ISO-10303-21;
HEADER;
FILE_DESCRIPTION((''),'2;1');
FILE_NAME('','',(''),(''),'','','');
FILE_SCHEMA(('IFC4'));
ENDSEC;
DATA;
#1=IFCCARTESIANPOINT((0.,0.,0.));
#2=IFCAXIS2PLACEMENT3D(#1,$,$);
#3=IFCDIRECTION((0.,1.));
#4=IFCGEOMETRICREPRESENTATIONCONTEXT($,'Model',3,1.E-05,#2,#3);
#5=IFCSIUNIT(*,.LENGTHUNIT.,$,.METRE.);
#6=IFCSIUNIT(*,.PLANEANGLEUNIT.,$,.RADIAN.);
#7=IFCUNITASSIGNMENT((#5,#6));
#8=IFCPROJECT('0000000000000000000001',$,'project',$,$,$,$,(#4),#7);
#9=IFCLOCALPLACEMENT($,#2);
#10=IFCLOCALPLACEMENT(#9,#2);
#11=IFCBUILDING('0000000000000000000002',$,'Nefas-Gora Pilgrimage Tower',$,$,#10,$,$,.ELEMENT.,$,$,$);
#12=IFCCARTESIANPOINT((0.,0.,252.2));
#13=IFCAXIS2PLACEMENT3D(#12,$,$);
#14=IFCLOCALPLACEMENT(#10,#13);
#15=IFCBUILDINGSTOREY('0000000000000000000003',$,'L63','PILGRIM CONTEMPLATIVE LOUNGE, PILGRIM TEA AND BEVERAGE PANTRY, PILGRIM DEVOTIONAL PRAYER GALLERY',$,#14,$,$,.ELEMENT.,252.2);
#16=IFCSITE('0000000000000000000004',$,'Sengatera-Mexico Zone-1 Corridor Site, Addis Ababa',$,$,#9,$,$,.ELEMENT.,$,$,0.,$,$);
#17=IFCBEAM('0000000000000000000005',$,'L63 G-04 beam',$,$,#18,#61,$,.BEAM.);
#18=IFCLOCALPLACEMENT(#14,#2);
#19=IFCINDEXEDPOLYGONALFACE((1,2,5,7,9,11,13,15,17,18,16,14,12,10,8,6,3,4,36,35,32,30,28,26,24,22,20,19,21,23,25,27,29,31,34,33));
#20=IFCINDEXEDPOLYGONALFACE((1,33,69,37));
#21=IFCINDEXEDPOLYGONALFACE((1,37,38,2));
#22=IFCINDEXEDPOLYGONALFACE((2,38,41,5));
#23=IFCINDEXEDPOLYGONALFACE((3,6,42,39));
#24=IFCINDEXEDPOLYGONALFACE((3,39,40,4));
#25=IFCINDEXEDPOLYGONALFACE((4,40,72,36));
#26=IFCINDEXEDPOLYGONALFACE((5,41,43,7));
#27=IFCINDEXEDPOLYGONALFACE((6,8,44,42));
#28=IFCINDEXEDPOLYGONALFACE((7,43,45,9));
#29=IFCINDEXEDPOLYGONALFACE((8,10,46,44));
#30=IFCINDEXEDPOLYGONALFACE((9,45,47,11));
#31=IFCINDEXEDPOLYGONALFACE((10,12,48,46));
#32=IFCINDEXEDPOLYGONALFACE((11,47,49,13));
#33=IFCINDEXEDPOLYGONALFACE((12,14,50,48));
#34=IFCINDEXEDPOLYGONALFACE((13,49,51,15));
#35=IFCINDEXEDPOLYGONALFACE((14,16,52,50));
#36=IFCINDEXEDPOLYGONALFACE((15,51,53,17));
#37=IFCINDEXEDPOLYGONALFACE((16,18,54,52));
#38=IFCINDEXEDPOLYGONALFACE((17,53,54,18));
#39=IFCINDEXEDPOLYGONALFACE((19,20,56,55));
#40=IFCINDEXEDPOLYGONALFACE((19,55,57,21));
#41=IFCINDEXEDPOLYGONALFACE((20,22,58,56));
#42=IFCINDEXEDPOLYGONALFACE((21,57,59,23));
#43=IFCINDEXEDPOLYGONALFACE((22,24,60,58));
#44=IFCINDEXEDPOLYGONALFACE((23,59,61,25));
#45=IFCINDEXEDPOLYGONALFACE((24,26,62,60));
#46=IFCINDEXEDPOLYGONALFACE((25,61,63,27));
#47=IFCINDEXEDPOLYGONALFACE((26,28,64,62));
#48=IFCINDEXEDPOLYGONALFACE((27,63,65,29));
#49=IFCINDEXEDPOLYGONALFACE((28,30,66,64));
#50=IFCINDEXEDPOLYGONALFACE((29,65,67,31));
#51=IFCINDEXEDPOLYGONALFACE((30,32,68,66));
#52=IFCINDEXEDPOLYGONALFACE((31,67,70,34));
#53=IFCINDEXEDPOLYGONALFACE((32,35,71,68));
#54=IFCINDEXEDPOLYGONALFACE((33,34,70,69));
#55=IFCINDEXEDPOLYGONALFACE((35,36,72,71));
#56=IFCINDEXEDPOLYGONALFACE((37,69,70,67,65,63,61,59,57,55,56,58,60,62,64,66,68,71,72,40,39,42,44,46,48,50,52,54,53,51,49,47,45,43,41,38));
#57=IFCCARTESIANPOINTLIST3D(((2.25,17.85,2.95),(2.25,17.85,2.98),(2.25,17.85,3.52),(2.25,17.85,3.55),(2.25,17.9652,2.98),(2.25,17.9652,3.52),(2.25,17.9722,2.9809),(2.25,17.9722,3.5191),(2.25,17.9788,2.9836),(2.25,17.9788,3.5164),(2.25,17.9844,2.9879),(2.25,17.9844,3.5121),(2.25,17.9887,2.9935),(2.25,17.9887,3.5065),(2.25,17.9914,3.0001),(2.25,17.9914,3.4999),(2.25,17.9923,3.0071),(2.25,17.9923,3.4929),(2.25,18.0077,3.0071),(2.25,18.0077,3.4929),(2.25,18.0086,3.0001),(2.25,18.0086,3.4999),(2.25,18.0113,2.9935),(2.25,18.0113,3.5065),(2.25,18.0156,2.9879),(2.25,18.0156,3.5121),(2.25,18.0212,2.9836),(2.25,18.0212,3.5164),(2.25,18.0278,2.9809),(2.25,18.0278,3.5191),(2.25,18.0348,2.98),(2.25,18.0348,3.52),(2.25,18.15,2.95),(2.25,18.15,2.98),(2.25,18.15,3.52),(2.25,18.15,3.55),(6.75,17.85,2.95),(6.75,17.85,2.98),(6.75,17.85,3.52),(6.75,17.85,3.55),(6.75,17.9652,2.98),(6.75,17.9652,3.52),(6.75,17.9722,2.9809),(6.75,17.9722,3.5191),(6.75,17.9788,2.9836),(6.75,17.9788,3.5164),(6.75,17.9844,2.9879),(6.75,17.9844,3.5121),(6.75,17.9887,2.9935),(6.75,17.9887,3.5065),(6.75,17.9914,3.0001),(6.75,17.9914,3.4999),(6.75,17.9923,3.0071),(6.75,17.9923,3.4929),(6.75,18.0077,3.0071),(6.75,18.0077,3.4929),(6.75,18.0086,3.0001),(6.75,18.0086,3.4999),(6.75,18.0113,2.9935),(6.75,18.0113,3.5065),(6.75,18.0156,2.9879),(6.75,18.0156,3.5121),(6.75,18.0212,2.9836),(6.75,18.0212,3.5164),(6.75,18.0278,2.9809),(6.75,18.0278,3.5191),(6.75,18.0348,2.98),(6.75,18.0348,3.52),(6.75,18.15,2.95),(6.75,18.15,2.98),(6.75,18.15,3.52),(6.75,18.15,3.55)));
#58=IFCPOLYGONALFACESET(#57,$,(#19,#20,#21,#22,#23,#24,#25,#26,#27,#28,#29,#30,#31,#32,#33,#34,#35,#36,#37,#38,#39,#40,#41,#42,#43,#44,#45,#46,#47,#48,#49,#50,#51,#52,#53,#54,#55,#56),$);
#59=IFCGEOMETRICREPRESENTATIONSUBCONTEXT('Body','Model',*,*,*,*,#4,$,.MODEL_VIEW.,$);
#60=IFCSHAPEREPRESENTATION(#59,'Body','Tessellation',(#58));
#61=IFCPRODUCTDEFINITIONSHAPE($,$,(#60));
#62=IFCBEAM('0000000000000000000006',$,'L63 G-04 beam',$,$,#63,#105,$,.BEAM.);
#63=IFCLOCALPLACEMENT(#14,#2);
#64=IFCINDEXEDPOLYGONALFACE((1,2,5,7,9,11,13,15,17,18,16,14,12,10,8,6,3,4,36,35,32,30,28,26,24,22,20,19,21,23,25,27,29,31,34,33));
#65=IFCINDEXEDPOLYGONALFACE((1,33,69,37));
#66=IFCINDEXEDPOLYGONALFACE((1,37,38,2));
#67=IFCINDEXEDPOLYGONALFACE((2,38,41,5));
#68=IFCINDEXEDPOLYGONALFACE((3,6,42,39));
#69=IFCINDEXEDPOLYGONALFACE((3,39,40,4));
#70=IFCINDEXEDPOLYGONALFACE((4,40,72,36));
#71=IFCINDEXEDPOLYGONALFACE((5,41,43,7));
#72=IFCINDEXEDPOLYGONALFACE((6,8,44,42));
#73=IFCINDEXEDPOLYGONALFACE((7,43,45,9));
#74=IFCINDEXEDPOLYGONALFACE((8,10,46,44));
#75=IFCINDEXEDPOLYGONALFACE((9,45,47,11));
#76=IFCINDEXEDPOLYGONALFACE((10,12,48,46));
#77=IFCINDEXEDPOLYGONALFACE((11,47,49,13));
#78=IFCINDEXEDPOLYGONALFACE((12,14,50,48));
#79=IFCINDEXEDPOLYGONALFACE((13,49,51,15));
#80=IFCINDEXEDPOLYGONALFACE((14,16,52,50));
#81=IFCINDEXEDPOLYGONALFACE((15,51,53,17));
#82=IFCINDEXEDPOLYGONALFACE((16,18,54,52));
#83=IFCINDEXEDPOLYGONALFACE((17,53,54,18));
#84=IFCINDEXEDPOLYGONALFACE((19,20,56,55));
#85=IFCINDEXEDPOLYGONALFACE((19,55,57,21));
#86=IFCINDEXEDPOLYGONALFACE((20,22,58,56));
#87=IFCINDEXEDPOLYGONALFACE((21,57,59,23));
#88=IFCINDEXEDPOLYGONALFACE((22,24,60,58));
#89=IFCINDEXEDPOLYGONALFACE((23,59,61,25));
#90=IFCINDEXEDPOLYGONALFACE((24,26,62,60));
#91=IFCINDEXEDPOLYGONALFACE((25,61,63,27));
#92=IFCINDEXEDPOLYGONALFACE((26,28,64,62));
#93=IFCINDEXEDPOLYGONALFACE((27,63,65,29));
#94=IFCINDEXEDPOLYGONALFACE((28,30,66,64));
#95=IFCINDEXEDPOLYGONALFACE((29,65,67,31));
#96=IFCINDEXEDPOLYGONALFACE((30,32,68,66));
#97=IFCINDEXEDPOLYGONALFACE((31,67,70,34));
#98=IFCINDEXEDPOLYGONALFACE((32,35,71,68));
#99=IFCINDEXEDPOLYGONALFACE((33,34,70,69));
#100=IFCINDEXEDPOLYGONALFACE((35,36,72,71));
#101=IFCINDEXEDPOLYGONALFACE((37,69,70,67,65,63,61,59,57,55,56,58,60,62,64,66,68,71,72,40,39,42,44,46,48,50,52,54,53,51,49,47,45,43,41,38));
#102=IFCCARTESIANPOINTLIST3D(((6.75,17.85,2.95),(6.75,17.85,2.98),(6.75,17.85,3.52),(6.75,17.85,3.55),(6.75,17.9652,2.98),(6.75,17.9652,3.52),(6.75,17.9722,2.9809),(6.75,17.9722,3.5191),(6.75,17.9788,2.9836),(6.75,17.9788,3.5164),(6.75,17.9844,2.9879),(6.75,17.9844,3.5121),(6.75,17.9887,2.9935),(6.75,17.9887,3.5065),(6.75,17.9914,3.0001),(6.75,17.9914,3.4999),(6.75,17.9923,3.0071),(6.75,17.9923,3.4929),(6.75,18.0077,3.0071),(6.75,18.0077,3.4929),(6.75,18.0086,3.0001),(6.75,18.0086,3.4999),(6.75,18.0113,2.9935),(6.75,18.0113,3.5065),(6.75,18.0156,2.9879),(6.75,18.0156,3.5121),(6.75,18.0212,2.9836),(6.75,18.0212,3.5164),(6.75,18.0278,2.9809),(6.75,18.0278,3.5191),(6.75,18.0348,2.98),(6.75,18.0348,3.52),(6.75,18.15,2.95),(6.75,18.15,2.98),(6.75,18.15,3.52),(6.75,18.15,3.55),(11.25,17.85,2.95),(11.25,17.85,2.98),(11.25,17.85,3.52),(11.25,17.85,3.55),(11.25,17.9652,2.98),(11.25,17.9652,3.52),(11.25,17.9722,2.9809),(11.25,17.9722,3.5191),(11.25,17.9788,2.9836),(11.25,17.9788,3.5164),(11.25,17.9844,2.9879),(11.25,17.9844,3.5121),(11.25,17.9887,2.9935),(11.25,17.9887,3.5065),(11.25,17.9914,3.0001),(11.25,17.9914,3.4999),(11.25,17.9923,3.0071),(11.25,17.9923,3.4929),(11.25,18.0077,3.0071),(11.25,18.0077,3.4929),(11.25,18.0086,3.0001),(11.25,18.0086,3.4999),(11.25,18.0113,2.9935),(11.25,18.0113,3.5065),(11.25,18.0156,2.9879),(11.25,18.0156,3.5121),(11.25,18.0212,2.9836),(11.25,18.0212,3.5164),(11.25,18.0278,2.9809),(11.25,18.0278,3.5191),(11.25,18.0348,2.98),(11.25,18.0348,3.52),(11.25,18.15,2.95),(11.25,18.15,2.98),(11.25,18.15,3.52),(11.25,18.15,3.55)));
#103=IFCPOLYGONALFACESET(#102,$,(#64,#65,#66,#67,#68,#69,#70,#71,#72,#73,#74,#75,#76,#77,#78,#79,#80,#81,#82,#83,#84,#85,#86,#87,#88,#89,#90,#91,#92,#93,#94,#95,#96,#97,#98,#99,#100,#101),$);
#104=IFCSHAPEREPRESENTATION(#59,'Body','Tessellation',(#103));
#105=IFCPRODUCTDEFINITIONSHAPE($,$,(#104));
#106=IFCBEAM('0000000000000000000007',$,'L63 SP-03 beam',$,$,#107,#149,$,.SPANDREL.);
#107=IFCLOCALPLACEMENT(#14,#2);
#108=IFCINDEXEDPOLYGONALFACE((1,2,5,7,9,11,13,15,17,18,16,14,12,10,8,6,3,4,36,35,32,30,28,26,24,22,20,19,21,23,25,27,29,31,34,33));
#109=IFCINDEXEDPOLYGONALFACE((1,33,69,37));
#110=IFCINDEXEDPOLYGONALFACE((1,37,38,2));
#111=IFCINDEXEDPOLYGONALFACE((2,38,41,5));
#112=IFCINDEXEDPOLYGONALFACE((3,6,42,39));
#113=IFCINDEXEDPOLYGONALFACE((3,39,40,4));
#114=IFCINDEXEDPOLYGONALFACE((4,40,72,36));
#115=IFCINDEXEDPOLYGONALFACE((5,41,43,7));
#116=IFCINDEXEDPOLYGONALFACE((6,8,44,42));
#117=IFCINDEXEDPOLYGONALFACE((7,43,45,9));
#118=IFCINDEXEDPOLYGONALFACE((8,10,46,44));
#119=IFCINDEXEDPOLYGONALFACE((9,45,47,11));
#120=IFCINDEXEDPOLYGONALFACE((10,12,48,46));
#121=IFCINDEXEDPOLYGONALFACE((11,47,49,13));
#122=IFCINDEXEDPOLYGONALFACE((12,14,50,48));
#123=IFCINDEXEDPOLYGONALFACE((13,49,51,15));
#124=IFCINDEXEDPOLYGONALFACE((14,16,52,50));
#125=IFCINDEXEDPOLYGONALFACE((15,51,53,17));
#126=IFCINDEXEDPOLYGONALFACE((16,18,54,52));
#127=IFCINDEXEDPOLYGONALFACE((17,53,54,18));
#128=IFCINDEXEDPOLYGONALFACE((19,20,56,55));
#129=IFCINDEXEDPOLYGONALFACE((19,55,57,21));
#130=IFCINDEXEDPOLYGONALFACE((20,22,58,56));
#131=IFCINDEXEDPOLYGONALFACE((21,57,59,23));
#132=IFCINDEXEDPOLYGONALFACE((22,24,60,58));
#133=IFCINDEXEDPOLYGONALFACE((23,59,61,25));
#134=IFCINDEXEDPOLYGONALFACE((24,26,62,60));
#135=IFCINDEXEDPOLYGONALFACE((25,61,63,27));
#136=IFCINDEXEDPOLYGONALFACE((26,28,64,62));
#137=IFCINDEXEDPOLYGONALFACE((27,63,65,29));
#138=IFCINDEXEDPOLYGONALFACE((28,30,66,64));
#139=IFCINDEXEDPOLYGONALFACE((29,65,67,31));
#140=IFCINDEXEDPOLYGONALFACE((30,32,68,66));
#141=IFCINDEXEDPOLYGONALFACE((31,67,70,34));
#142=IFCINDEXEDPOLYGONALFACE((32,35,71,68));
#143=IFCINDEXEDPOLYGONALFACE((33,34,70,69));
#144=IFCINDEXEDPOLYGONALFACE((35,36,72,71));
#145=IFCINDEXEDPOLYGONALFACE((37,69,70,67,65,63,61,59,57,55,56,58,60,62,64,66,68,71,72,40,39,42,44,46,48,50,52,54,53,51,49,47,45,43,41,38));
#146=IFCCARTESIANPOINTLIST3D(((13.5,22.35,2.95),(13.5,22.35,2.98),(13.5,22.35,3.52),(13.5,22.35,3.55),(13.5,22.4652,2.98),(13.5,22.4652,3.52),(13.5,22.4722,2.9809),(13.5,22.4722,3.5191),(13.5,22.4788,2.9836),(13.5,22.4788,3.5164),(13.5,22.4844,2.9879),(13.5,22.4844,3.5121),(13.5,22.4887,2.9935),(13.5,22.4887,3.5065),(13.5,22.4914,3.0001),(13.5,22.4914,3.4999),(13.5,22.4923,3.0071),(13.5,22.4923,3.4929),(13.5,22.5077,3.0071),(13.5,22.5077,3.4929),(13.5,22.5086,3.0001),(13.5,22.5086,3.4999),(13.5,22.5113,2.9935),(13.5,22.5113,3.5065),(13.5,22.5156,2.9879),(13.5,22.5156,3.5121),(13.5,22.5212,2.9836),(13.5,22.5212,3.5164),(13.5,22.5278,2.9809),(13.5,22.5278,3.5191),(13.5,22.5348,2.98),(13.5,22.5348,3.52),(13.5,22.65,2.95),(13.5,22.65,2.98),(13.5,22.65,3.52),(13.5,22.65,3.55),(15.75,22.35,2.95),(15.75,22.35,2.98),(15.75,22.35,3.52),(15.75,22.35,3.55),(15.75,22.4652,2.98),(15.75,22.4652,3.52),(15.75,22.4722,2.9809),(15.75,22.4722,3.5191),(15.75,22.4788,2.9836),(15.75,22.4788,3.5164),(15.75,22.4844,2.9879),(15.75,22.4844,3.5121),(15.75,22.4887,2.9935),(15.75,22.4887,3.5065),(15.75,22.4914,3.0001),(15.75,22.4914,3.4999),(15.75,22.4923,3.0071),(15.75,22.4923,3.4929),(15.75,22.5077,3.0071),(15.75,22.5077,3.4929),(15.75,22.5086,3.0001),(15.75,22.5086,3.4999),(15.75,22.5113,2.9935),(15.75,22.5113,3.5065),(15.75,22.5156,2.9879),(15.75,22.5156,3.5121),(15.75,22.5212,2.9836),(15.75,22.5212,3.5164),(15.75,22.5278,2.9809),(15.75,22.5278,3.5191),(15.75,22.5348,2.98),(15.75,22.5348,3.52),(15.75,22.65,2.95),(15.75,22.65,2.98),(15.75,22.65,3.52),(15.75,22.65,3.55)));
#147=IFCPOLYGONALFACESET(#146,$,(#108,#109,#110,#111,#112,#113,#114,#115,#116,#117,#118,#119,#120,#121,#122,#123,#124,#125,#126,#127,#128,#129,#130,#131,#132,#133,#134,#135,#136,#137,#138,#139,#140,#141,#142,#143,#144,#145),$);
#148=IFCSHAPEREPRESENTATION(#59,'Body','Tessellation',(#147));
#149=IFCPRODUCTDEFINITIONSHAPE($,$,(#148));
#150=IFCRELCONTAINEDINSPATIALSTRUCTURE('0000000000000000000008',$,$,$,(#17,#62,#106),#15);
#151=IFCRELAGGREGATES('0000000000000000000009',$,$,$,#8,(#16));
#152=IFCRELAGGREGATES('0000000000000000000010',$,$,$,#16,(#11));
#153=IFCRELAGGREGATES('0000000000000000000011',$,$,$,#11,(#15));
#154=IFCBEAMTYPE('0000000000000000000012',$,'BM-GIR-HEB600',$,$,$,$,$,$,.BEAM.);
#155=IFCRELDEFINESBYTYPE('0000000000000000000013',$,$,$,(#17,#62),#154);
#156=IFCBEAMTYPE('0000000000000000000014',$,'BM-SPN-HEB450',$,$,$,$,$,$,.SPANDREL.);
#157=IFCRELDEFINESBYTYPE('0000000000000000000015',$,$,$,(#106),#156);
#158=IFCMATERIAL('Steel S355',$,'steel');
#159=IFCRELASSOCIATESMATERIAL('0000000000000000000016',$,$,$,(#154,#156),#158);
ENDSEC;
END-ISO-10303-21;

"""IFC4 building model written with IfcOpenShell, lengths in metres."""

from ifc_helpers import new_model, si_unit, direction, frame, origin, origin_2d, place, context, subcontext, project, spatial, i_section, extrude, source, transform, mapped, material, material_profile, profile_set, type_object, element, save


model = new_model("IFC4")

# Units and contexts
model_context = context("Model", 3, precision=1e-05, world=origin(), true_north=direction((0.0, 1.0)))
body_context = subcontext(model_context, "Body", "Model", "MODEL_VIEW")
ifc_project = project(units=[si_unit("LENGTHUNIT", "METRE"), si_unit("PLANEANGLEUNIT", "RADIAN")], contexts=[model_context])

# Site, building, storey
site_placement = place(None, origin())
site = spatial("IfcSite", under=ifc_project, at=site_placement, Name="Sengatera-Mexico Zone-1 Corridor Site, Addis Ababa", CompositionType="ELEMENT", RefElevation=0.0)
building_placement = place(site_placement, origin())
building = spatial("IfcBuilding", under=site, at=building_placement, Name="Nefas-Gora Pilgrimage Tower", CompositionType="ELEMENT")
storey_placement = place(building_placement, frame((0.0, 0.0, 252.2)))
storey = spatial("IfcBuildingStorey", under=building, at=storey_placement, Name="L63", Description="PILGRIM CONTEMPLATIVE LOUNGE, PILGRIM TEA AND BEVERAGE PANTRY, PILGRIM DEVOTIONAL PRAYER GALLERY", CompositionType="ELEMENT", Elevation=252.2)

# Beams
ifc_material_1 = material(Name="Steel S355", Category="steel")
ifc_material_profile_1 = material_profile(ifc_material_1, i_section(OverallWidth=0.3, OverallDepth=0.6001, WebThickness=0.0154, FlangeThickness=0.03, FilletRadius=0.0271, at=origin_2d()), Name="HEB 600")
ifc_profile_set_1 = profile_set([ifc_material_profile_1], Name="Steel S355")
beam_type_1 = type_object("IfcBeamType", Name="BM-GIR-HEB600", PredefinedType="BEAM", material=ifc_profile_set_1)
shared_shape_1 = source(origin(), body_context, "Body", "SweptSolid", [
    extrude(i_section(OverallWidth=0.3, OverallDepth=0.6001, WebThickness=0.0154, FlangeThickness=0.03, FilletRadius=0.0271, at=origin_2d()), origin(), (0.0, 0.0, 1.0), 4.5),
])
for number, where, z_axis, x_axis, name in (
    (1, (2.25, 18.0, 3.25), (1.0, 0.0, 0.0), (0.0, 1.0, 0.0), "L63 G-04 beam"),
    (2, (6.75, 18.0, 3.25), (1.0, 0.0, 0.0), (0.0, 1.0, 0.0), "L63 G-04 beam"),
):
    element("IfcBeam", number, at=place(storey_placement, frame(where, z_axis=z_axis, x_axis=x_axis)), inside=storey, type_object=beam_type_1, Name=name, PredefinedType="BEAM", context=body_context, shape_type="MappedRepresentation", body=[
        mapped(shared_shape_1, transform((0.0, 0.0, 0.0), x_axis=(1.0, 0.0, 0.0), y_axis=(0.0, 1.0, 0.0), z_axis=(0.0, 0.0, 1.0), scale=1.0)),
    ])
ifc_material_profile_2 = material_profile(ifc_material_1, i_section(OverallWidth=0.3, OverallDepth=0.6001, WebThickness=0.0154, FlangeThickness=0.03, FilletRadius=0.0271, at=origin_2d()), Name="HEB 600")
ifc_profile_set_2 = profile_set([ifc_material_profile_2], Name="Steel S355")
beam_type_2 = type_object("IfcBeamType", Name="BM-SPN-HEB450", PredefinedType="SPANDREL", material=ifc_profile_set_2)
shared_shape_2 = source(origin(), body_context, "Body", "SweptSolid", [
    extrude(i_section(OverallWidth=0.3, OverallDepth=0.6001, WebThickness=0.0154, FlangeThickness=0.03, FilletRadius=0.0271, at=origin_2d()), origin(), (0.0, 0.0, 1.0), 2.25),
])
beam_placement = place(storey_placement, frame((13.5, 22.5, 3.25), z_axis=(1.0, 0.0, 0.0), x_axis=(0.0, 1.0, 0.0)))
element("IfcBeam", 3, at=beam_placement, inside=storey, type_object=beam_type_2, Name="L63 SP-03 beam", PredefinedType="SPANDREL", context=body_context, shape_type="MappedRepresentation", body=[
    mapped(shared_shape_2, transform((0.0, 0.0, 0.0), x_axis=(1.0, 0.0, 0.0), y_axis=(0.0, 1.0, 0.0), z_axis=(0.0, 0.0, 1.0), scale=1.0)),
])

save(model, "model.ifc")
